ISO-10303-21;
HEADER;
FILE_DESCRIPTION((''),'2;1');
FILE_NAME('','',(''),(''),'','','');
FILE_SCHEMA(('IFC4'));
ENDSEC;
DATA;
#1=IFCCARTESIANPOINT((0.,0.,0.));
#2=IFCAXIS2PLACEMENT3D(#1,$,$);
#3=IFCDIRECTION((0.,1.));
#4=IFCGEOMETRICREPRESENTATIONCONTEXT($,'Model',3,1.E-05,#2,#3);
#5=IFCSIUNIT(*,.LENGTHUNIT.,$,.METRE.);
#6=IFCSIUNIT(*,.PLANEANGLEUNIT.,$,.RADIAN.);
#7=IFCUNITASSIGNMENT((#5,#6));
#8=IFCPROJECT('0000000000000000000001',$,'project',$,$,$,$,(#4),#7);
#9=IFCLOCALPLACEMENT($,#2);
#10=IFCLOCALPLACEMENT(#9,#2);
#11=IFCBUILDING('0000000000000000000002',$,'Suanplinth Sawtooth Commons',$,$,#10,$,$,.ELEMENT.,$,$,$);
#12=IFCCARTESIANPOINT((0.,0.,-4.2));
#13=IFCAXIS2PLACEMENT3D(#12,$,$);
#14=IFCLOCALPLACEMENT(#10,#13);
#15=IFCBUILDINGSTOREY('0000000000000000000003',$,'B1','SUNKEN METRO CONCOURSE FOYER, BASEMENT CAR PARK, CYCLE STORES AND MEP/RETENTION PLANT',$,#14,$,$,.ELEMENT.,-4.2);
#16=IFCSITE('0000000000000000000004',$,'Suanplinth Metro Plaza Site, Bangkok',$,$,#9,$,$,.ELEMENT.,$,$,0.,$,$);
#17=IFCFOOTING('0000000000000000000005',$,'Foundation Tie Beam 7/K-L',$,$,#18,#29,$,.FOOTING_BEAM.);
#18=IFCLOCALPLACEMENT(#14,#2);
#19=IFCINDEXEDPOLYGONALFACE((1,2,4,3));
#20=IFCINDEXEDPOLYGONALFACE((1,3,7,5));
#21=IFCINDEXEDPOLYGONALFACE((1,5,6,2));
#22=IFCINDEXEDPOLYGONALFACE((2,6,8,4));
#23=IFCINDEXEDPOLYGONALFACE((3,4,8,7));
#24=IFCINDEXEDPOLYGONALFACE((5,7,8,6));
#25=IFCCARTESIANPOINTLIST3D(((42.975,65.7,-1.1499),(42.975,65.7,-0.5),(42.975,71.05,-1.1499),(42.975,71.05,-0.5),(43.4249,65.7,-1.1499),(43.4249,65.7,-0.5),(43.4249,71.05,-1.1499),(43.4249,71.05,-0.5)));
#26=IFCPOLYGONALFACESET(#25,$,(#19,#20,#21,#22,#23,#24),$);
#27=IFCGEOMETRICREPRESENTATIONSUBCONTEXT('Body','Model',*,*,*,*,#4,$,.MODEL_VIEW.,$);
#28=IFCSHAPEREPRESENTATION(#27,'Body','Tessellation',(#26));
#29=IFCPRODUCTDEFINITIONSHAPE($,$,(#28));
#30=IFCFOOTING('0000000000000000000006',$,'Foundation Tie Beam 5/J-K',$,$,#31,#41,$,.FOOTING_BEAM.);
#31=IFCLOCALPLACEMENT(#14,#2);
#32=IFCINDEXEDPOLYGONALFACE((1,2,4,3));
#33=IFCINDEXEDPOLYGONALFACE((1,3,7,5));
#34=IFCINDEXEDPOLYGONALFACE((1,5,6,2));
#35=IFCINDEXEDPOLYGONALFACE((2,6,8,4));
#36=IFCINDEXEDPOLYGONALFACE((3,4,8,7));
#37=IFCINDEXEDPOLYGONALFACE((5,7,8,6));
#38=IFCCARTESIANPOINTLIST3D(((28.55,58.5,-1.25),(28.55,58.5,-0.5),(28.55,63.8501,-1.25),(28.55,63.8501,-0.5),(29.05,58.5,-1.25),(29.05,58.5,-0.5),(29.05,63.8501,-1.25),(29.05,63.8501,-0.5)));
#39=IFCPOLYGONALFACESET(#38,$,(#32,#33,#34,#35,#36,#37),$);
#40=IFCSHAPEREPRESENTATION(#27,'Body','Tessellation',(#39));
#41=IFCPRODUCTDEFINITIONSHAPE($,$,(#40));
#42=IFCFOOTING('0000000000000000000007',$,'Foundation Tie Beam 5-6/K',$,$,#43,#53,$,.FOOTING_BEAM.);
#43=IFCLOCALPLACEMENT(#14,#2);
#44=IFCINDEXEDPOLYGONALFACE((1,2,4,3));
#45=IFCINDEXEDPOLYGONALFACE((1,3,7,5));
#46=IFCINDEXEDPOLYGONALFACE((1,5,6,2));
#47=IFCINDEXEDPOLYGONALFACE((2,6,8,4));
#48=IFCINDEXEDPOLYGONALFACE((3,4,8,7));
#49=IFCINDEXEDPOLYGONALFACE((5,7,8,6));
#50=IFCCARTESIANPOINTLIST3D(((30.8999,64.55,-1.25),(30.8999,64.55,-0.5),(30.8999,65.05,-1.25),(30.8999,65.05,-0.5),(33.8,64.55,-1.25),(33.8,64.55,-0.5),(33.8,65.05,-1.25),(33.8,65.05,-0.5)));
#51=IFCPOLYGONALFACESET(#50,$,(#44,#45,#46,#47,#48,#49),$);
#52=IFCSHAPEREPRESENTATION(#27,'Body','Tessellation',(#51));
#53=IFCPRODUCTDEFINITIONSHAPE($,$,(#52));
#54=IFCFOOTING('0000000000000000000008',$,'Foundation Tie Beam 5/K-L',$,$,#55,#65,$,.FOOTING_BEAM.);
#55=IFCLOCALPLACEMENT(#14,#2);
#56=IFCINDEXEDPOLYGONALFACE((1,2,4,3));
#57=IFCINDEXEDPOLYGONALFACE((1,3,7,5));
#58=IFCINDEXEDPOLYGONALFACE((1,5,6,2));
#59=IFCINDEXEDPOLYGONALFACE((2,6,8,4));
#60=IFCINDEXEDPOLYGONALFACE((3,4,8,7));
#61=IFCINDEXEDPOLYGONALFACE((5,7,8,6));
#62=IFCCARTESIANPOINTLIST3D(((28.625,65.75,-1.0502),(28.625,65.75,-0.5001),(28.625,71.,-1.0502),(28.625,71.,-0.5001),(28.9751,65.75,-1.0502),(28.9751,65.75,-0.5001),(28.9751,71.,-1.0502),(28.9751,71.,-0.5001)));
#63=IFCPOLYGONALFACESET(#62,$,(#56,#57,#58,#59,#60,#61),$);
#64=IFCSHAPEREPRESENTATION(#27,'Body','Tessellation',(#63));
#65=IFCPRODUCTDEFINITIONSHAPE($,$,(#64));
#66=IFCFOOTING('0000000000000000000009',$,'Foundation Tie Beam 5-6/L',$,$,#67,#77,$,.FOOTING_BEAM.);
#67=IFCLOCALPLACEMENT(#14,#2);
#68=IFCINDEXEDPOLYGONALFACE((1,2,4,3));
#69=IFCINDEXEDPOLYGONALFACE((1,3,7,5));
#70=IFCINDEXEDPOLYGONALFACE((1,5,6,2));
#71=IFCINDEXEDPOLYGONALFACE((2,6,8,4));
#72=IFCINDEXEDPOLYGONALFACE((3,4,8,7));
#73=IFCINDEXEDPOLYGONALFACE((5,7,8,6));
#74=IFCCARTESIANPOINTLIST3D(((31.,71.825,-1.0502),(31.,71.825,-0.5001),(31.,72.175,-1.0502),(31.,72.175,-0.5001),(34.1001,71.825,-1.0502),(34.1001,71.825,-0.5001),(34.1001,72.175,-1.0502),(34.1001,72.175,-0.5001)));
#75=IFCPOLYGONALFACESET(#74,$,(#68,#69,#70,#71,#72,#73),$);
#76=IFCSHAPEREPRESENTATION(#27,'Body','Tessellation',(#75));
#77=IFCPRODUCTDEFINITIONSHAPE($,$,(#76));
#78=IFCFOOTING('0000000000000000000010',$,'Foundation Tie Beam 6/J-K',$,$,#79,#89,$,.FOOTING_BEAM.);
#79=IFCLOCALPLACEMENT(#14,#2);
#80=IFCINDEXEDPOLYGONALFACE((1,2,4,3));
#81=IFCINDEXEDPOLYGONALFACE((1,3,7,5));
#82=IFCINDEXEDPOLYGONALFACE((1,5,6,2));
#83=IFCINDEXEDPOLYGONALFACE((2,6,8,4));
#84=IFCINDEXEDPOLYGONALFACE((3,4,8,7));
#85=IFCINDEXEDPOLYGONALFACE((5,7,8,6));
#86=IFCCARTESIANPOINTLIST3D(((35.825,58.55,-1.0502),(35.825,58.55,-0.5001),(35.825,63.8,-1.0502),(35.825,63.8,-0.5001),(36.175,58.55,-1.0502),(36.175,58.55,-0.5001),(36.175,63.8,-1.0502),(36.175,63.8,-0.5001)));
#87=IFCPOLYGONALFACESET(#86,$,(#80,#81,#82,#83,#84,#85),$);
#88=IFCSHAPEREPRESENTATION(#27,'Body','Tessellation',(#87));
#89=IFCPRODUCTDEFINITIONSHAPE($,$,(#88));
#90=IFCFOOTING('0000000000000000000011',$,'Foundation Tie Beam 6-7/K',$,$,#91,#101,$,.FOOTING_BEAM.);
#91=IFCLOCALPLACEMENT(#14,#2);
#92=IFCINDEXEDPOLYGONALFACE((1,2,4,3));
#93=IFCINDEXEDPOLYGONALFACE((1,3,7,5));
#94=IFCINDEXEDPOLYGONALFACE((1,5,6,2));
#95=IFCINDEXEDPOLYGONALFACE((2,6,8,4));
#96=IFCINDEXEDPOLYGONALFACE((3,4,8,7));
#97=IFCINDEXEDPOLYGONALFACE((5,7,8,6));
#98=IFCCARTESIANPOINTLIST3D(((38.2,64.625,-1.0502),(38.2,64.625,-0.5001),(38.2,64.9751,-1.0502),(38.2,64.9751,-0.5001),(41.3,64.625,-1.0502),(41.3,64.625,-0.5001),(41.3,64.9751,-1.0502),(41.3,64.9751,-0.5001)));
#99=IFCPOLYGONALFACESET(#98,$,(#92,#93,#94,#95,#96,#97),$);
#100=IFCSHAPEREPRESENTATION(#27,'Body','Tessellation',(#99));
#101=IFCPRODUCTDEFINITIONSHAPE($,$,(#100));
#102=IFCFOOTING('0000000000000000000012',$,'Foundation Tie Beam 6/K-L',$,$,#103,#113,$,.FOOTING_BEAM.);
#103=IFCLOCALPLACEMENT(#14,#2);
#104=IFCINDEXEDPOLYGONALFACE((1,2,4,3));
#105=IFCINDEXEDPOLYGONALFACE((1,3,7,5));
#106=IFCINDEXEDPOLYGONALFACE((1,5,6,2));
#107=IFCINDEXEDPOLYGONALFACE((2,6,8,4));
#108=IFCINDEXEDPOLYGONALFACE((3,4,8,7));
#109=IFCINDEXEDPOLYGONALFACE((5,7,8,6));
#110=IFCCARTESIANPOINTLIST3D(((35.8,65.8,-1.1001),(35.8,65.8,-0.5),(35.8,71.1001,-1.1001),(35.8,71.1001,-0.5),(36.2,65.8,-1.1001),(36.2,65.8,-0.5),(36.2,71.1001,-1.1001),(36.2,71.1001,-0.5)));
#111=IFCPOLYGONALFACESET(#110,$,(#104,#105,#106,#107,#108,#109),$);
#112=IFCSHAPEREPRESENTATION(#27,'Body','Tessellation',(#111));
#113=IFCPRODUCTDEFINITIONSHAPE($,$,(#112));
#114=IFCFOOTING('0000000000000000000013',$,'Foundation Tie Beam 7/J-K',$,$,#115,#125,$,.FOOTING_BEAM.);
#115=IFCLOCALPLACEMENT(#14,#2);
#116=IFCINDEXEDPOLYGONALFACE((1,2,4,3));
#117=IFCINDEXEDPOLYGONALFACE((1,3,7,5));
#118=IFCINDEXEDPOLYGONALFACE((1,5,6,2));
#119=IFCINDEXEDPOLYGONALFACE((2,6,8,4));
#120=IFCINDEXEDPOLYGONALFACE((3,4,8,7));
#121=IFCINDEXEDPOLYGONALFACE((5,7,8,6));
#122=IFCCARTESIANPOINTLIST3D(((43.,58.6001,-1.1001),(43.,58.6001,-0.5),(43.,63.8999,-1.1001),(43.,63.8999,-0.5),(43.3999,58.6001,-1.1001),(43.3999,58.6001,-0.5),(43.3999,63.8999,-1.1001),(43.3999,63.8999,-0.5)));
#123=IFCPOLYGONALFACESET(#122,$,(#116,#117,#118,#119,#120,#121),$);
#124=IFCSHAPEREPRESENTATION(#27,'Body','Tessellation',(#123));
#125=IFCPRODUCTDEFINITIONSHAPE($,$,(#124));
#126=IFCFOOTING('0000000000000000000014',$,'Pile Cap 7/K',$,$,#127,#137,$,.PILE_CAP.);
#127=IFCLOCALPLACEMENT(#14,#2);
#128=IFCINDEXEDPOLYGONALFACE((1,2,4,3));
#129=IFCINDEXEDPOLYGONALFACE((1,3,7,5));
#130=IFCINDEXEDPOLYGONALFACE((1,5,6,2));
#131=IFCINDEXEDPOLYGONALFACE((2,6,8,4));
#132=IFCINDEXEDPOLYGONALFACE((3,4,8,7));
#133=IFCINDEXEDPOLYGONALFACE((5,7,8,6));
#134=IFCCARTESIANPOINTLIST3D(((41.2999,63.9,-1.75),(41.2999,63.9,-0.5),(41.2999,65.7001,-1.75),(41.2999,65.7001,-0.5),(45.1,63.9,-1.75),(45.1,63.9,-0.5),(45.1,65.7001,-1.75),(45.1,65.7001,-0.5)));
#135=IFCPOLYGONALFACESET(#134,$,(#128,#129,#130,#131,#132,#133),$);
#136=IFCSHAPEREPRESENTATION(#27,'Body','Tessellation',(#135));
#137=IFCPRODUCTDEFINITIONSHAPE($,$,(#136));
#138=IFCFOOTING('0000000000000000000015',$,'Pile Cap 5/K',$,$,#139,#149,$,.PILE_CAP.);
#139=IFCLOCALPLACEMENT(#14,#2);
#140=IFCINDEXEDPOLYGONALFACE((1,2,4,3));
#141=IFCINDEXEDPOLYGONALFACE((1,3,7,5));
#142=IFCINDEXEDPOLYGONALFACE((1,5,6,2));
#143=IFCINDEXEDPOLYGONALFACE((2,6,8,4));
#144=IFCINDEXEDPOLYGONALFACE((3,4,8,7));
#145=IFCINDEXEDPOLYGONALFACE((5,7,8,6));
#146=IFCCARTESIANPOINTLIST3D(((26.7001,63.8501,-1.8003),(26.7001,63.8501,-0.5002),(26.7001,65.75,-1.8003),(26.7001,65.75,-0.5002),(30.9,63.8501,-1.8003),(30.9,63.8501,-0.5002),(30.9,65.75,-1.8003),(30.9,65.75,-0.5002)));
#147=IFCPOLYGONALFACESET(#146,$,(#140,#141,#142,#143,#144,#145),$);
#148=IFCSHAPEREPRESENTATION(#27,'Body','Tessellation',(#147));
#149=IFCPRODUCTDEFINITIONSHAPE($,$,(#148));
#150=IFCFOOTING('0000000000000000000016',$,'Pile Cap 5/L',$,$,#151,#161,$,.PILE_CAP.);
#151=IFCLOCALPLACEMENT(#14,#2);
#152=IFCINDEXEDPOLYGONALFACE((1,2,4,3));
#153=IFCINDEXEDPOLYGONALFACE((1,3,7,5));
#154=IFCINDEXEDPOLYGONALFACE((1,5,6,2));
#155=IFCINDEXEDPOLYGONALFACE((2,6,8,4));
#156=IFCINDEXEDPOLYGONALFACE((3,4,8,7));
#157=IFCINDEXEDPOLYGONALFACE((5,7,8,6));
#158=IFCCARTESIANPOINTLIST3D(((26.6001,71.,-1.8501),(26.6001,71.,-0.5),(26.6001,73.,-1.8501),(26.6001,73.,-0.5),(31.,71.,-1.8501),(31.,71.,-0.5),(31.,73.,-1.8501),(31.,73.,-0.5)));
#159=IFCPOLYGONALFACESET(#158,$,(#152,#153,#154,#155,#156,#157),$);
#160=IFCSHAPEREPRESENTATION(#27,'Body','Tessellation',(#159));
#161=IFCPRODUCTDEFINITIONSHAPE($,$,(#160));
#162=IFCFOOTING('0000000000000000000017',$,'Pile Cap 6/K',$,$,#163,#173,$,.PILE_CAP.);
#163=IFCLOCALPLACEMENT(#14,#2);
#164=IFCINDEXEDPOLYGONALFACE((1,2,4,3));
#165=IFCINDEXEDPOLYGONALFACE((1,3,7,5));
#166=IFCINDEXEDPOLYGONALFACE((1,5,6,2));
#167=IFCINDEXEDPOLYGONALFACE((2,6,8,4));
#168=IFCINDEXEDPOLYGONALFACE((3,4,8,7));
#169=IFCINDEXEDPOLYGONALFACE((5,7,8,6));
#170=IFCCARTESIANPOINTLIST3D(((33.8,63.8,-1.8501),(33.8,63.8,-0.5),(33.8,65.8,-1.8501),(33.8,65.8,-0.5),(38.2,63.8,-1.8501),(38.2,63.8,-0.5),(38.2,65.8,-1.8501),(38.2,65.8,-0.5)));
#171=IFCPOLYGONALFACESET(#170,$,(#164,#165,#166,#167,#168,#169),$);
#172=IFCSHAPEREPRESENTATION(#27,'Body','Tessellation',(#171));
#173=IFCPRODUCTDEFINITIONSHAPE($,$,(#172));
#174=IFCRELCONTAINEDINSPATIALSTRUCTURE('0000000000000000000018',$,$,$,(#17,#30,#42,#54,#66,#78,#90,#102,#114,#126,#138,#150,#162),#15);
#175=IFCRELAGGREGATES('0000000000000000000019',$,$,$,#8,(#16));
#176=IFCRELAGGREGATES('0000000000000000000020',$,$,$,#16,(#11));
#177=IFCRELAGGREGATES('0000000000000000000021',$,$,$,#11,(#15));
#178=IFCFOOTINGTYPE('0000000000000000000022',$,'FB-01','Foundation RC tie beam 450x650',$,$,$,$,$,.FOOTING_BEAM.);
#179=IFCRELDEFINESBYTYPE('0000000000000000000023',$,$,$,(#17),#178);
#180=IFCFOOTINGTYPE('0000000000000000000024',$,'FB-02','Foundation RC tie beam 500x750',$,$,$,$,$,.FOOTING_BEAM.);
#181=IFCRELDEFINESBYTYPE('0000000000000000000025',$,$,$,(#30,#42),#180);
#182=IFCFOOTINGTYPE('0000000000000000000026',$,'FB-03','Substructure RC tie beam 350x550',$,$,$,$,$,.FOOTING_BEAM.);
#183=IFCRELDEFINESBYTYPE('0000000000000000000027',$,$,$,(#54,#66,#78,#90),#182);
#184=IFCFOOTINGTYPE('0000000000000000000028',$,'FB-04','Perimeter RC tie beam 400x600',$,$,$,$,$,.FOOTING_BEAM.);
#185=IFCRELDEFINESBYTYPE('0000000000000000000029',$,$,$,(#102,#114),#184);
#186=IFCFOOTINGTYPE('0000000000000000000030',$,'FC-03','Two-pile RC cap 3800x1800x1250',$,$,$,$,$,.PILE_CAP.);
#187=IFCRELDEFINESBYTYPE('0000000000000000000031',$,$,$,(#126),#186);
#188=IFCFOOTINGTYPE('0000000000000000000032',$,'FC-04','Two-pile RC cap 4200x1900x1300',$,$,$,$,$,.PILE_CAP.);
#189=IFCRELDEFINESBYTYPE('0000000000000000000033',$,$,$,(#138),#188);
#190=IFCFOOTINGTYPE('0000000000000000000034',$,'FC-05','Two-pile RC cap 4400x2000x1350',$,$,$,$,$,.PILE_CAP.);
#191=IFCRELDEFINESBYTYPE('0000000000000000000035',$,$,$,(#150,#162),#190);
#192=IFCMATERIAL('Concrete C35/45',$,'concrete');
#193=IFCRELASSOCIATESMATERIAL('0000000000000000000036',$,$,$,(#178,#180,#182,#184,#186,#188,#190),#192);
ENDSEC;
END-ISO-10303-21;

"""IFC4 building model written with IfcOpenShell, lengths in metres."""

from ifc_helpers import new_model, si_unit, direction, frame, origin, origin_2d, place, context, subcontext, project, spatial, rectangle, extrude, material, material_profile, profile_set, type_object, element, save


model = new_model("IFC4")

# Units and contexts
model_context = context("Model", 3, precision=1e-05, world=origin(), true_north=direction((0.0, 1.0)))
body_context = subcontext(model_context, "Body", "Model", "MODEL_VIEW")
ifc_project = project(units=[si_unit("LENGTHUNIT", "METRE"), si_unit("PLANEANGLEUNIT", "RADIAN")], contexts=[model_context])

# Site, building, storey
site_placement = place(None, origin())
site = spatial("IfcSite", under=ifc_project, at=site_placement, Name="Suanplinth Metro Plaza Site, Bangkok", CompositionType="ELEMENT", RefElevation=0.0)
building_placement = place(site_placement, origin())
building = spatial("IfcBuilding", under=site, at=building_placement, Name="Suanplinth Sawtooth Commons", CompositionType="ELEMENT")
storey_placement = place(building_placement, frame((0.0, 0.0, -4.2)))
storey = spatial("IfcBuildingStorey", under=building, at=storey_placement, Name="B1", Description="SUNKEN METRO CONCOURSE FOYER, BASEMENT CAR PARK, CYCLE STORES AND MEP/RETENTION PLANT", CompositionType="ELEMENT", Elevation=-4.2)

# Footings
ifc_material_1 = material(Name="Concrete C35/45", Category="concrete")
ifc_material_profile_1 = material_profile(ifc_material_1, rectangle(XDim=0.45, YDim=0.6499, at=origin_2d()), Name="PC-GDR 450x650")
ifc_profile_set_1 = profile_set([ifc_material_profile_1], Name="Concrete C35/45")
footing_type_1 = type_object("IfcFootingType", Name="FB-01", Description="Foundation RC tie beam 450x650", PredefinedType="FOOTING_BEAM", material=ifc_profile_set_1)
footing_1_placement = place(storey_placement, frame((43.2, 65.7, -0.825), z_axis=(0.0, 1.0, 0.0), x_axis=(-1.0, 0.0, 0.0)))
element("IfcFooting", 1, at=footing_1_placement, inside=storey, type_object=footing_type_1, Name="Foundation Tie Beam 7/K-L", PredefinedType="FOOTING_BEAM", context=body_context, shape_type="SweptSolid", body=[
    extrude(rectangle(XDim=0.45, YDim=0.6499, at=origin_2d()), origin(), (0.0, 0.0, 1.0), 5.3501),
])
ifc_material_profile_2 = material_profile(ifc_material_1, rectangle(XDim=0.5, YDim=0.75, at=origin_2d()), Name="RC-GDR 500x750")
ifc_profile_set_2 = profile_set([ifc_material_profile_2], Name="Concrete C35/45")
footing_type_2 = type_object("IfcFootingType", Name="FB-02", Description="Foundation RC tie beam 500x750", PredefinedType="FOOTING_BEAM", material=ifc_profile_set_2)
footing_2_placement = place(storey_placement, frame((28.8, 58.5, -0.875), z_axis=(0.0, 1.0, 0.0), x_axis=(-1.0, 0.0, 0.0)))
element("IfcFooting", 2, at=footing_2_placement, inside=storey, type_object=footing_type_2, Name="Foundation Tie Beam 5/J-K", PredefinedType="FOOTING_BEAM", context=body_context, shape_type="SweptSolid", body=[
    extrude(rectangle(XDim=0.5, YDim=0.75, at=origin_2d()), origin(), (0.0, 0.0, 1.0), 5.3501),
])
footing_3_placement = place(storey_placement, frame((30.8999, 64.8, -0.875), z_axis=(1.0, 0.0, 0.0), x_axis=(0.0, 1.0, 0.0)))
element("IfcFooting", 3, at=footing_3_placement, inside=storey, type_object=footing_type_2, Name="Foundation Tie Beam 5-6/K", PredefinedType="FOOTING_BEAM", context=body_context, shape_type="SweptSolid", body=[
    extrude(rectangle(XDim=0.5, YDim=0.75, at=origin_2d()), origin(), (0.0, 0.0, 1.0), 2.9001),
])
ifc_material_profile_3 = material_profile(ifc_material_1, rectangle(XDim=0.3501, YDim=0.55, at=origin_2d()), Name="PC-BM 350x550")
ifc_profile_set_3 = profile_set([ifc_material_profile_3], Name="Concrete C35/45")
footing_type_3 = type_object("IfcFootingType", Name="FB-03", Description="Substructure RC tie beam 350x550", PredefinedType="FOOTING_BEAM", material=ifc_profile_set_3)
footing_4_placement = place(storey_placement, frame((28.8, 65.75, -0.7751), z_axis=(0.0, 1.0, 0.0), x_axis=(-1.0, 0.0, 0.0)))
element("IfcFooting", 4, at=footing_4_placement, inside=storey, type_object=footing_type_3, Name="Foundation Tie Beam 5/K-L", PredefinedType="FOOTING_BEAM", context=body_context, shape_type="SweptSolid", body=[
    extrude(rectangle(XDim=0.3501, YDim=0.55, at=origin_2d()), origin(), (0.0, 0.0, 1.0), 5.25),
])
footing_5_placement = place(storey_placement, frame((31.0, 72.0, -0.7751), z_axis=(1.0, 0.0, 0.0), x_axis=(0.0, 1.0, 0.0)))
element("IfcFooting", 5, at=footing_5_placement, inside=storey, type_object=footing_type_3, Name="Foundation Tie Beam 5-6/L", PredefinedType="FOOTING_BEAM", context=body_context, shape_type="SweptSolid", body=[
    extrude(rectangle(XDim=0.3501, YDim=0.55, at=origin_2d()), origin(), (0.0, 0.0, 1.0), 3.1001),
])
footing_6_placement = place(storey_placement, frame((36.0, 58.55, -0.7751), z_axis=(0.0, 1.0, 0.0), x_axis=(-1.0, 0.0, 0.0)))
element("IfcFooting", 6, at=footing_6_placement, inside=storey, type_object=footing_type_3, Name="Foundation Tie Beam 6/J-K", PredefinedType="FOOTING_BEAM", context=body_context, shape_type="SweptSolid", body=[
    extrude(rectangle(XDim=0.3501, YDim=0.55, at=origin_2d()), origin(), (0.0, 0.0, 1.0), 5.25),
])
footing_7_placement = place(storey_placement, frame((38.2, 64.8, -0.7751), z_axis=(1.0, 0.0, 0.0), x_axis=(0.0, 1.0, 0.0)))
element("IfcFooting", 7, at=footing_7_placement, inside=storey, type_object=footing_type_3, Name="Foundation Tie Beam 6-7/K", PredefinedType="FOOTING_BEAM", context=body_context, shape_type="SweptSolid", body=[
    extrude(rectangle(XDim=0.3501, YDim=0.55, at=origin_2d()), origin(), (0.0, 0.0, 1.0), 3.1001),
])
ifc_material_profile_4 = material_profile(ifc_material_1, rectangle(XDim=0.3999, YDim=0.6001, at=origin_2d()), Name="PC-GDR 400x600")
ifc_profile_set_4 = profile_set([ifc_material_profile_4], Name="Concrete C35/45")
footing_type_4 = type_object("IfcFootingType", Name="FB-04", Description="Perimeter RC tie beam 400x600", PredefinedType="FOOTING_BEAM", material=ifc_profile_set_4)
footing_8_placement = place(storey_placement, frame((36.0, 65.8, -0.8), z_axis=(0.0, 1.0, 0.0), x_axis=(-1.0, 0.0, 0.0)))
element("IfcFooting", 8, at=footing_8_placement, inside=storey, type_object=footing_type_4, Name="Foundation Tie Beam 6/K-L", PredefinedType="FOOTING_BEAM", context=body_context, shape_type="SweptSolid", body=[
    extrude(rectangle(XDim=0.3999, YDim=0.6001, at=origin_2d()), origin(), (0.0, 0.0, 1.0), 5.3),
])
footing_9_placement = place(storey_placement, frame((43.2, 58.6001, -0.8), z_axis=(0.0, 1.0, 0.0), x_axis=(-1.0, 0.0, 0.0)))
element("IfcFooting", 9, at=footing_9_placement, inside=storey, type_object=footing_type_4, Name="Foundation Tie Beam 7/J-K", PredefinedType="FOOTING_BEAM", context=body_context, shape_type="SweptSolid", body=[
    extrude(rectangle(XDim=0.3999, YDim=0.6001, at=origin_2d()), origin(), (0.0, 0.0, 1.0), 5.2998),
])
footing_type_5 = type_object("IfcFootingType", Name="FC-03", Description="Two-pile RC cap 3800x1800x1250", PredefinedType="PILE_CAP", material=ifc_material_1)
footing_10_placement = place(storey_placement, frame((43.2, 64.8, -1.75), z_axis=(0.0, 0.0, 1.0), x_axis=(1.0, 0.0, 0.0)))
element("IfcFooting", 10, at=footing_10_placement, inside=storey, type_object=footing_type_5, Name="Pile Cap 7/K", PredefinedType="PILE_CAP", context=body_context, shape_type="SweptSolid", body=[
    extrude(rectangle(XDim=3.8, YDim=1.8, at=origin_2d()), origin(), (0.0, 0.0, 1.0), 1.25),
])
footing_type_6 = type_object("IfcFootingType", Name="FC-04", Description="Two-pile RC cap 4200x1900x1300", PredefinedType="PILE_CAP", material=ifc_material_1)
footing_11_placement = place(storey_placement, frame((28.8, 64.8, -1.8003), z_axis=(0.0, 0.0, 1.0), x_axis=(1.0, 0.0, 0.0)))
element("IfcFooting", 11, at=footing_11_placement, inside=storey, type_object=footing_type_6, Name="Pile Cap 5/K", PredefinedType="PILE_CAP", context=body_context, shape_type="SweptSolid", body=[
    extrude(rectangle(XDim=4.2, YDim=1.8999, at=origin_2d()), origin(), (0.0, 0.0, 1.0), 1.3),
])
footing_type_7 = type_object("IfcFootingType", Name="FC-05", Description="Two-pile RC cap 4400x2000x1350", PredefinedType="PILE_CAP", material=ifc_material_1)
for number, where, z_axis, x_axis, name in (
    (12, (28.8, 72.0, -1.8501), (0.0, 0.0, 1.0), (1.0, 0.0, 0.0), "Pile Cap 5/L"),
    (13, (36.0, 64.8, -1.8501), (0.0, 0.0, 1.0), (1.0, 0.0, 0.0), "Pile Cap 6/K"),
):
    element("IfcFooting", number, at=place(storey_placement, frame(where, z_axis=z_axis, x_axis=x_axis)), inside=storey, type_object=footing_type_7, Name=name, PredefinedType="PILE_CAP", context=body_context, shape_type="SweptSolid", body=[
        extrude(rectangle(XDim=4.3999, YDim=2.0, at=origin_2d()), origin(), (0.0, 0.0, 1.0), 1.3501),
    ])

save(model, "model.ifc")
